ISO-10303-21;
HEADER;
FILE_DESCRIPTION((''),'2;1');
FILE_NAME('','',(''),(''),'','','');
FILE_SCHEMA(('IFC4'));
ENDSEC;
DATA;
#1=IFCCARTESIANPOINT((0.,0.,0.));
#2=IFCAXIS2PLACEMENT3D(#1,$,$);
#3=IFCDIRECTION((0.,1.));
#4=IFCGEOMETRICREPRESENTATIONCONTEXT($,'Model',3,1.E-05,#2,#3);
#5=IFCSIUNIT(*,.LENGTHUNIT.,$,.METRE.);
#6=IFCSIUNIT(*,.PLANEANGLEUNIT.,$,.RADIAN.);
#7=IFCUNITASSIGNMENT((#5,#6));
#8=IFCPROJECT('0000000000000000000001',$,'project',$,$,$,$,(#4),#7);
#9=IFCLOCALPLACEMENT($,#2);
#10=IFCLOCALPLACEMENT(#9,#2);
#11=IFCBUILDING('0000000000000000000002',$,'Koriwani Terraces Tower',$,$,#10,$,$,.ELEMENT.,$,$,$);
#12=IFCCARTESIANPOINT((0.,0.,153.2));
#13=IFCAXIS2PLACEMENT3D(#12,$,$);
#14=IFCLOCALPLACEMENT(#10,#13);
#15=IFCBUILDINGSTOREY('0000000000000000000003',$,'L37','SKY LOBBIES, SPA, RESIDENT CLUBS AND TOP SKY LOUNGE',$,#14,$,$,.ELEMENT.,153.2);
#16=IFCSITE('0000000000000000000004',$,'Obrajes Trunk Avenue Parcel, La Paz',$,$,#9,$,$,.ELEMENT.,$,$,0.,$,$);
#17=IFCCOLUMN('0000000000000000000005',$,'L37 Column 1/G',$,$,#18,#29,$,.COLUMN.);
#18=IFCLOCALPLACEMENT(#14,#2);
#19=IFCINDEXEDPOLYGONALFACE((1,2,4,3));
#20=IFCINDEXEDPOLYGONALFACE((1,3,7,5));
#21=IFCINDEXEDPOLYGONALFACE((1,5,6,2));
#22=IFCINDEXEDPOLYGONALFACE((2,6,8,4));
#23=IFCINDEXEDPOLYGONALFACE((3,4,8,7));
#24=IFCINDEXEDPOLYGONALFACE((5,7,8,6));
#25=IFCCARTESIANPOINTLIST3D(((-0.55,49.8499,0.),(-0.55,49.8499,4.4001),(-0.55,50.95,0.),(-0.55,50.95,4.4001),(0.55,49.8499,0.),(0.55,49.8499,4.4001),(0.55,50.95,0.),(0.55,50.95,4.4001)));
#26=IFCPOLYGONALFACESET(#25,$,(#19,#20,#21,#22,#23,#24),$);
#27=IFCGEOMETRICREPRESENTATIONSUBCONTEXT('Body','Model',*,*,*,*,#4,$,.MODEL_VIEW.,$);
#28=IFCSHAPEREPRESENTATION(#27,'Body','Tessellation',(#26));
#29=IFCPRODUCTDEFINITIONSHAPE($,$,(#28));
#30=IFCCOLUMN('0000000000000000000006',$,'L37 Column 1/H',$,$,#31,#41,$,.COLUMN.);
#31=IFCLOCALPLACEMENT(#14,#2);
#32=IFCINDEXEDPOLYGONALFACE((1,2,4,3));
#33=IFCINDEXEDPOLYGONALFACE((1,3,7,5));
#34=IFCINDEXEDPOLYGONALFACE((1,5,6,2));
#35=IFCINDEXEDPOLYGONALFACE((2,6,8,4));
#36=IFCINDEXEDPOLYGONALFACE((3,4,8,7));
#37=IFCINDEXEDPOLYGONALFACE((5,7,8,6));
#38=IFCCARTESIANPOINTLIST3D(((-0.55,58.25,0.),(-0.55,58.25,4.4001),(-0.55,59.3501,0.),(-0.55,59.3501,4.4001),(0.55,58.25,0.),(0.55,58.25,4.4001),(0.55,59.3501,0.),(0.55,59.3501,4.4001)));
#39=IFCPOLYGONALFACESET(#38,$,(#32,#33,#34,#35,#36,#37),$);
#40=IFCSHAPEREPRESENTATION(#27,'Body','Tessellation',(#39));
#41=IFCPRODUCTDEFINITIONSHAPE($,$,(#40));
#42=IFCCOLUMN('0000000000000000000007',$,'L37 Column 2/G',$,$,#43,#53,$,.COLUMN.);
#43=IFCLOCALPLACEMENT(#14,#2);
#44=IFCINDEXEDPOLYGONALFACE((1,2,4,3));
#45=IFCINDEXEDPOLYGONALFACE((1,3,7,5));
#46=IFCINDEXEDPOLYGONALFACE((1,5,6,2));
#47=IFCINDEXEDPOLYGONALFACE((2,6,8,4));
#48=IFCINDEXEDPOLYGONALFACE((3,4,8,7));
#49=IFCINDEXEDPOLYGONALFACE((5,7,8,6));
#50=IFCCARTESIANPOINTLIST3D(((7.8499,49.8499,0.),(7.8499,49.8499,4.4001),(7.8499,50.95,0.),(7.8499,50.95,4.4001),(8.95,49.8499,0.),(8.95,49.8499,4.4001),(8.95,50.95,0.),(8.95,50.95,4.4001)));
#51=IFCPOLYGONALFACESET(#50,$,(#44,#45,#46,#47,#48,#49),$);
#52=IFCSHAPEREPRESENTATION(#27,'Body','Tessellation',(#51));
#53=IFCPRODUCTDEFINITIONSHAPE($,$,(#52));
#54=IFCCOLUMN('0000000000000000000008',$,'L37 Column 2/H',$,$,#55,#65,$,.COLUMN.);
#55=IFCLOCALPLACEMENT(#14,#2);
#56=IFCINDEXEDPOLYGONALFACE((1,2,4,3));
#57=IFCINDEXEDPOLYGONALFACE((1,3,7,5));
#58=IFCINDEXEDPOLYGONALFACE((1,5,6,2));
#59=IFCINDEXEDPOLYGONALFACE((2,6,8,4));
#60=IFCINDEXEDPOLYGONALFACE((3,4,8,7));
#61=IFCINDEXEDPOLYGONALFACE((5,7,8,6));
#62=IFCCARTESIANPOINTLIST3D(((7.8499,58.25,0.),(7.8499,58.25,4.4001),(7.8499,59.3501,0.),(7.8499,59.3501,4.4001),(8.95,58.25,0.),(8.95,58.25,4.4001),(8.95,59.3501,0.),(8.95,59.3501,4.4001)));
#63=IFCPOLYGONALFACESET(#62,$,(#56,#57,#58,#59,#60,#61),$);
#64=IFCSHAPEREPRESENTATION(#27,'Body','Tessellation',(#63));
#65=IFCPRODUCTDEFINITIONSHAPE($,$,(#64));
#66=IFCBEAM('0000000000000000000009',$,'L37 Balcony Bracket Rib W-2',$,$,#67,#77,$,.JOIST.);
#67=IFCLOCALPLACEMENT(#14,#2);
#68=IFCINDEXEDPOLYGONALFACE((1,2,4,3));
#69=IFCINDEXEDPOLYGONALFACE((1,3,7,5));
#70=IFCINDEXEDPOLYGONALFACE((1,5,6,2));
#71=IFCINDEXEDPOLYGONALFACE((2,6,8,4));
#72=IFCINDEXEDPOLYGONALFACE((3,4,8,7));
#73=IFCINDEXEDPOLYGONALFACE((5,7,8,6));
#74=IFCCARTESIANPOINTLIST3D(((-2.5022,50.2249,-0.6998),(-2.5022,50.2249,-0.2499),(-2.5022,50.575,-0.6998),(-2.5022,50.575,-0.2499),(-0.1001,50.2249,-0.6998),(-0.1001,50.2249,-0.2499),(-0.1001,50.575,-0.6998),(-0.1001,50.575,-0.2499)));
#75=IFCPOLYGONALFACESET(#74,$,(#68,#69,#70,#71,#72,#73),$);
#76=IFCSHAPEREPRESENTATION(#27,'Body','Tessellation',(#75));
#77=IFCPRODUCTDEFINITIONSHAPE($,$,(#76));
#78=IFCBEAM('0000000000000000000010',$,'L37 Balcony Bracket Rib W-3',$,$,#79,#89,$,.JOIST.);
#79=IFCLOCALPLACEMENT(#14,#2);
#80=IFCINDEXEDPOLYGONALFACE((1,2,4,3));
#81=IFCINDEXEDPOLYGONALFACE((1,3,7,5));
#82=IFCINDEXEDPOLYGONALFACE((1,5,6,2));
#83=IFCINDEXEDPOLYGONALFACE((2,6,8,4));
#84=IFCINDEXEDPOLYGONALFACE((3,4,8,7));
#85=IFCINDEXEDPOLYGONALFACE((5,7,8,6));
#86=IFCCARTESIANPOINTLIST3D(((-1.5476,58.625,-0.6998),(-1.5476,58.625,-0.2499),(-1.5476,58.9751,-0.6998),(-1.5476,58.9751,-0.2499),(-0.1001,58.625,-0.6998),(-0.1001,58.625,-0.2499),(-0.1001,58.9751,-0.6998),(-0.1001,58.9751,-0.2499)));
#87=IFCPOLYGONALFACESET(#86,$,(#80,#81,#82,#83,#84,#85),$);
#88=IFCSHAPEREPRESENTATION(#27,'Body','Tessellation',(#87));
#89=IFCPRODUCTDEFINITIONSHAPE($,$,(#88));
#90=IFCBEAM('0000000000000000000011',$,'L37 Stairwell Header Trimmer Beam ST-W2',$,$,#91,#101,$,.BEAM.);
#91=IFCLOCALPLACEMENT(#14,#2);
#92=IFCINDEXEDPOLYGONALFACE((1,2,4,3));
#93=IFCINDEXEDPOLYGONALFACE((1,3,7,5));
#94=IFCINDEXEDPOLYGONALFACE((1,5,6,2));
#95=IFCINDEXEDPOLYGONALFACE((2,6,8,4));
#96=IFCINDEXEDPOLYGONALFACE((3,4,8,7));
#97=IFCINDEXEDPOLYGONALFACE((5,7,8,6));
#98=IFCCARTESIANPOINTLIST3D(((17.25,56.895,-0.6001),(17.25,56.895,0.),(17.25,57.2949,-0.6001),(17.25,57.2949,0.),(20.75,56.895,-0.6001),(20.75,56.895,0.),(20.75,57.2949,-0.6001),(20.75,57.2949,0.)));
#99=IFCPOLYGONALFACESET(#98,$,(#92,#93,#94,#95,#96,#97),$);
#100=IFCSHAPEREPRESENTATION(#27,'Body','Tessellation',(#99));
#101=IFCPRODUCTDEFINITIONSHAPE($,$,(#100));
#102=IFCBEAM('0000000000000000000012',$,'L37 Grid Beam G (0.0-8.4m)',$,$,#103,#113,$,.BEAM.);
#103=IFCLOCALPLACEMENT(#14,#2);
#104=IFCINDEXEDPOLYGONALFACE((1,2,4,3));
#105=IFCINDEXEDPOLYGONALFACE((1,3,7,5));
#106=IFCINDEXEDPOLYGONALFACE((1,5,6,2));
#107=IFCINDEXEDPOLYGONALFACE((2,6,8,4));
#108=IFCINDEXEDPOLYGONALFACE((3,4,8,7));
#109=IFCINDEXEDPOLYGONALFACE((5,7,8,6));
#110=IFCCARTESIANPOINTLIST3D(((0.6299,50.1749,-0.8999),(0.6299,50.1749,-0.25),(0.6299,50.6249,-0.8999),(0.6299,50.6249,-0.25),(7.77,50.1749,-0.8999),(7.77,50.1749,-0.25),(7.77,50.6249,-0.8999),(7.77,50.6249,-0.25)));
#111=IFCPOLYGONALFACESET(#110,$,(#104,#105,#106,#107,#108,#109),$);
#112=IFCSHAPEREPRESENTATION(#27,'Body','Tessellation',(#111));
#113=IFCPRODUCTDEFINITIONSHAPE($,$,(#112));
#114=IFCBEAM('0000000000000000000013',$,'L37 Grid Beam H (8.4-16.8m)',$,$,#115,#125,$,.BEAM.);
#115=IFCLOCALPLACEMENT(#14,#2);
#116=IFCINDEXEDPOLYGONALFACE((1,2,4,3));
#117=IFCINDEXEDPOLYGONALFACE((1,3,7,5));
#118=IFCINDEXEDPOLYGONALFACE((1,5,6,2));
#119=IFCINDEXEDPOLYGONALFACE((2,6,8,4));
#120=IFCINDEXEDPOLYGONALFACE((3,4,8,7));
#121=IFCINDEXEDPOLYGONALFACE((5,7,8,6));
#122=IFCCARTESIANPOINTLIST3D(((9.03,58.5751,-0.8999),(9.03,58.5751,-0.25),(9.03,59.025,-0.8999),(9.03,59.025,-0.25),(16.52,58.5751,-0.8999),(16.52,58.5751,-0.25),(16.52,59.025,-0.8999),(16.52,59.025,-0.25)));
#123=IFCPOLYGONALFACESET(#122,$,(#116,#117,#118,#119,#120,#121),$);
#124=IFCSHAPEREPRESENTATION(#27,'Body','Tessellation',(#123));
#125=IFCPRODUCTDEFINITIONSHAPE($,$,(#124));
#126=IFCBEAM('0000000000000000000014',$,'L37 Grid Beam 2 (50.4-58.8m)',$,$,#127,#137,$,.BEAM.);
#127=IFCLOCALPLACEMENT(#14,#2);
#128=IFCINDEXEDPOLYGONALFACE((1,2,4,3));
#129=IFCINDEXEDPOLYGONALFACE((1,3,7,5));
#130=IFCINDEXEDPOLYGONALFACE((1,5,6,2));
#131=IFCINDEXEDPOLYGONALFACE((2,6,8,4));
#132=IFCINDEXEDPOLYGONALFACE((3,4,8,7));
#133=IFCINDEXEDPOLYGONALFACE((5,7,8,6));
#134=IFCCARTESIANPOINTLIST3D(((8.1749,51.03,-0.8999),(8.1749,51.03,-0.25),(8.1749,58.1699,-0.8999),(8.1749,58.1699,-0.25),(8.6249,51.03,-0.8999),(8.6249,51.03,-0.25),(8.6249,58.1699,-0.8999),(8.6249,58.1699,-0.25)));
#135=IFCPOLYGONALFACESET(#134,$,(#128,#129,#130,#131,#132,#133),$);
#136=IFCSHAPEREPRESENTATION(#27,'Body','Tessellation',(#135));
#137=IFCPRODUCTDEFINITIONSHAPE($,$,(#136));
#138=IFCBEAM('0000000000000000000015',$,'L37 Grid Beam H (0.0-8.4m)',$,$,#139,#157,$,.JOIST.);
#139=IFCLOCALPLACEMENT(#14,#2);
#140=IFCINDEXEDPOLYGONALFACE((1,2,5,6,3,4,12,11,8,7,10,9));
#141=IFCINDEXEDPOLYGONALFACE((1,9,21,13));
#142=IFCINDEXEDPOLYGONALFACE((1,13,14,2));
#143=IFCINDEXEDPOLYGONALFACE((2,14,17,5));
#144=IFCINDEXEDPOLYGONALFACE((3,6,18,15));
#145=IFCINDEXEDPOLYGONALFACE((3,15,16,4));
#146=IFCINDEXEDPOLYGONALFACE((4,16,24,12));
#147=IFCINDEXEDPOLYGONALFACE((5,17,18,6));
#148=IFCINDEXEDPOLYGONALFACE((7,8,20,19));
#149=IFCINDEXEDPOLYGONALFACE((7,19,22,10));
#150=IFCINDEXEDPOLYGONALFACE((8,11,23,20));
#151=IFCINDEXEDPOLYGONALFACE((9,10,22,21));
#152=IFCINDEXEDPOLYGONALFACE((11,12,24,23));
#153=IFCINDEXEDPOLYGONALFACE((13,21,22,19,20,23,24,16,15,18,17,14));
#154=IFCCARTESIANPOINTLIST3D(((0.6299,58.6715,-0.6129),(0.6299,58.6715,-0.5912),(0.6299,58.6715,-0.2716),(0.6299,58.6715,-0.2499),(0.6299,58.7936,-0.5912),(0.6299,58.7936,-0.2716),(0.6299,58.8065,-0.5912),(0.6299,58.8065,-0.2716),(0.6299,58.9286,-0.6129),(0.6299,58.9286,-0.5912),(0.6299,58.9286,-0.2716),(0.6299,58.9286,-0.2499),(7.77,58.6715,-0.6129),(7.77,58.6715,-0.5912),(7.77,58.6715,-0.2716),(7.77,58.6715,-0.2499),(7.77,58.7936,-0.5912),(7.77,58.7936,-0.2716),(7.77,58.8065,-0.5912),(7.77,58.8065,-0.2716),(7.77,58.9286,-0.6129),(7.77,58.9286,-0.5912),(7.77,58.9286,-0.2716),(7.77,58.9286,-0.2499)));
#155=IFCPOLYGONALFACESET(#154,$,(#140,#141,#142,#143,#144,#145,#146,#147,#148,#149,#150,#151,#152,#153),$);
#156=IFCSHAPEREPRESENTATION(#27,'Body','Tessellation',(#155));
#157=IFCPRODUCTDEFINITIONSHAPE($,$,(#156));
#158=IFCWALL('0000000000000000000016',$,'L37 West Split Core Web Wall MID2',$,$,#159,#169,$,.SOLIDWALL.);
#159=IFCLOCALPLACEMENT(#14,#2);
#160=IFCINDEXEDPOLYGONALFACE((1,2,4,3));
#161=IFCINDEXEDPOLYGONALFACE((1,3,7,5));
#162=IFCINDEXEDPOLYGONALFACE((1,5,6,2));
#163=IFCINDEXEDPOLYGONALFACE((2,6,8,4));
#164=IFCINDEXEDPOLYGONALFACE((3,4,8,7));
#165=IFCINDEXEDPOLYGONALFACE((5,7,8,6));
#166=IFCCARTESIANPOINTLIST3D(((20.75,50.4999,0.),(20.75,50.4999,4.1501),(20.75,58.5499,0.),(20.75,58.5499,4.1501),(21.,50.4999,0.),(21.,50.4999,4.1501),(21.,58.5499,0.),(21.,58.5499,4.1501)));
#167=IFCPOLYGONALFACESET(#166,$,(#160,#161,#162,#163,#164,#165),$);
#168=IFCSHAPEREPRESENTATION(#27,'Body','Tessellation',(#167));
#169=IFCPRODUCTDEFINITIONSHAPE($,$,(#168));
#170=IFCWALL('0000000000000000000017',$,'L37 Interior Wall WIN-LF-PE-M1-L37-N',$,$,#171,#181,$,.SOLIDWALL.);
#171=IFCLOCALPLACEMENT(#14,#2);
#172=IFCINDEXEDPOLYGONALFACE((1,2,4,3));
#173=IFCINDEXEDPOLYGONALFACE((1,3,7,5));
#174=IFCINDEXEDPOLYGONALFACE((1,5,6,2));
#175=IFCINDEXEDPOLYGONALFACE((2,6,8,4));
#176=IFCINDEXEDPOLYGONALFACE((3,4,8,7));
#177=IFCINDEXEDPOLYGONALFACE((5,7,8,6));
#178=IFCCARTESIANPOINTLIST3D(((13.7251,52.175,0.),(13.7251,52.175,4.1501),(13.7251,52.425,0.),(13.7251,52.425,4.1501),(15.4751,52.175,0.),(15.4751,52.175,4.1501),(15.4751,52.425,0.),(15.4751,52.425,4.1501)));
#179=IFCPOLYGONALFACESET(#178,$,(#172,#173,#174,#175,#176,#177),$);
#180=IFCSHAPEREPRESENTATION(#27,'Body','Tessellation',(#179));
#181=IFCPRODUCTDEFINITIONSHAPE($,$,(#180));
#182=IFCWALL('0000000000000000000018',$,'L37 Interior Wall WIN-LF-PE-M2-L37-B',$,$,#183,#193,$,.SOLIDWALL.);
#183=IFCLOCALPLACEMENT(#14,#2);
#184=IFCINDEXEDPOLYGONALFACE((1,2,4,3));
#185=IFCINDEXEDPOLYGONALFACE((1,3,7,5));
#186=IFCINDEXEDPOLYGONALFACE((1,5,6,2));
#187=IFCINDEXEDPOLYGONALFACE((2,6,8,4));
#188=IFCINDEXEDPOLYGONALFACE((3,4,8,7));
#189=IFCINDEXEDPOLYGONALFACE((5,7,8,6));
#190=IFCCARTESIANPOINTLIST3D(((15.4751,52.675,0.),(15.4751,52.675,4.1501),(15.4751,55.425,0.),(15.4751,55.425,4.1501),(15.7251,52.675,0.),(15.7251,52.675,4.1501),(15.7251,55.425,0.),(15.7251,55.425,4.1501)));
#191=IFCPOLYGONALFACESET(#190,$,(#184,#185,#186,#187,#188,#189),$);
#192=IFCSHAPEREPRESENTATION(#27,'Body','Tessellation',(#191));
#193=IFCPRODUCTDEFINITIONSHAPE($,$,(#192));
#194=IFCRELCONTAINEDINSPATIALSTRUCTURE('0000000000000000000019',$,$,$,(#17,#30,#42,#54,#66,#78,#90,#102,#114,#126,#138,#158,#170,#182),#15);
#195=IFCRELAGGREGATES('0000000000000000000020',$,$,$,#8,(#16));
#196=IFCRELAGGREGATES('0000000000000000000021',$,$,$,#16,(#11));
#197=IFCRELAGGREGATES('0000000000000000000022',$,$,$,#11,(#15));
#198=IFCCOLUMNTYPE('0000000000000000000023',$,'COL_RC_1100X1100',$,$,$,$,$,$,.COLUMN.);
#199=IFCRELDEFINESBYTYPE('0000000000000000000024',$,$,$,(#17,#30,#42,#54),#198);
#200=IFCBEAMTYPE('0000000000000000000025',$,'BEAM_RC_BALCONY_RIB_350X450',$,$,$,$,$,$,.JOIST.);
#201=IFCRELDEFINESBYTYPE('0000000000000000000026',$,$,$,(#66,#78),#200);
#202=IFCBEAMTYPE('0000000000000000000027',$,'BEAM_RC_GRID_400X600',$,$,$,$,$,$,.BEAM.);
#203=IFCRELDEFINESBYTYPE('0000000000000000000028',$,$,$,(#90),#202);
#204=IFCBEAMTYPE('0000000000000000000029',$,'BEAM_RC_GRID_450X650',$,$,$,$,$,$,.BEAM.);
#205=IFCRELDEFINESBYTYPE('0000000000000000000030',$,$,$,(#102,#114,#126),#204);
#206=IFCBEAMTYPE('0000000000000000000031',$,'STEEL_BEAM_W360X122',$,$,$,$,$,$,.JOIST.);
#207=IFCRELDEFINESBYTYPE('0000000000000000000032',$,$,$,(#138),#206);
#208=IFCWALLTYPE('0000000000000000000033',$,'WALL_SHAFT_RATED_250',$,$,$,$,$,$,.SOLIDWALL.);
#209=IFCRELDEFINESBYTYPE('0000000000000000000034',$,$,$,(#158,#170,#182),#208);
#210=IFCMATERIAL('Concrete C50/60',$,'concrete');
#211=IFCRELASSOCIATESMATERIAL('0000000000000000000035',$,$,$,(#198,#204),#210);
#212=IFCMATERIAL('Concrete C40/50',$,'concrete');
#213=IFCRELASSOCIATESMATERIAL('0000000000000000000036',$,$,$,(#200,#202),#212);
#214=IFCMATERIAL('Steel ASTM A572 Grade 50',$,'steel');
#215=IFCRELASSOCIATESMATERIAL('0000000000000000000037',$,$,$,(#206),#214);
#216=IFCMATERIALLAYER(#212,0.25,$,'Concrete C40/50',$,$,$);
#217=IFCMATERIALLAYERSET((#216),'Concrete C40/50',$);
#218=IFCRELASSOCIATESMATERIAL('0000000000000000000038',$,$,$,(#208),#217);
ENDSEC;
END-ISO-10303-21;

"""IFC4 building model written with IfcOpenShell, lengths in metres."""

from ifc_helpers import new_model, si_unit, direction, frame, frame_2d, origin, origin_2d, place, context, subcontext, project, spatial, rectangle, i_section, extrude, material, layer, layer_set, material_profile, profile_set, type_object, element, save


model = new_model("IFC4")

# Units and contexts
model_context = context("Model", 3, precision=1e-05, world=origin(), true_north=direction((0.0, 1.0)))
body_context = subcontext(model_context, "Body", "Model", "MODEL_VIEW")
ifc_project = project(units=[si_unit("LENGTHUNIT", "METRE"), si_unit("PLANEANGLEUNIT", "RADIAN")], contexts=[model_context])

# Site, building, storey
site_placement = place(None, origin())
site = spatial("IfcSite", under=ifc_project, at=site_placement, Name="Obrajes Trunk Avenue Parcel, La Paz", CompositionType="ELEMENT", RefElevation=0.0)
building_placement = place(site_placement, origin())
building = spatial("IfcBuilding", under=site, at=building_placement, Name="Koriwani Terraces Tower", CompositionType="ELEMENT")
storey_placement = place(building_placement, frame((0.0, 0.0, 153.2)))
storey = spatial("IfcBuildingStorey", under=building, at=storey_placement, Name="L37", Description="SKY LOBBIES, SPA, RESIDENT CLUBS AND TOP SKY LOUNGE", CompositionType="ELEMENT", Elevation=153.2)

# Columns
ifc_material_1 = material(Name="Concrete C50/60", Category="concrete")
ifc_material_profile_1 = material_profile(ifc_material_1, rectangle(XDim=1.1001, YDim=1.1001, at=origin_2d()), Name="Concrete C50/60", Category="LoadBearing")
ifc_profile_set_1 = profile_set([ifc_material_profile_1], Name="Concrete C50/60")
column_type = type_object("IfcColumnType", Name="COL_RC_1100X1100", PredefinedType="COLUMN", material=ifc_profile_set_1)
for number, where, z_axis, x_axis, name in (
    (1, (0.0, 50.3999, 0.0), (0.0, 0.0, 1.0), (1.0, 0.0, 0.0), "L37 Column 1/G"),
    (2, (0.0, 58.8, 0.0), (0.0, 0.0, 1.0), (1.0, 0.0, 0.0), "L37 Column 1/H"),
    (3, (8.3999, 50.3999, 0.0), (0.0, 0.0, 1.0), (1.0, 0.0, 0.0), "L37 Column 2/G"),
    (4, (8.3999, 58.8, 0.0), (0.0, 0.0, 1.0), (1.0, 0.0, 0.0), "L37 Column 2/H"),
):
    element("IfcColumn", number, at=place(storey_placement, frame(where, z_axis=z_axis, x_axis=x_axis)), inside=storey, type_object=column_type, Name=name, PredefinedType="COLUMN", context=body_context, shape_type="SweptSolid", body=[
        extrude(rectangle(XDim=1.1001, YDim=1.1001, at=origin_2d()), origin(), (0.0, 0.0, 1.0), 4.4001),
    ])

# Beams
ifc_material_2 = material(Name="Concrete C40/50", Category="concrete")
ifc_material_profile_2 = material_profile(ifc_material_2, rectangle(XDim=0.3501, YDim=0.45, at=origin_2d()), Name="Concrete C40/50", Category="LoadBearing")
ifc_profile_set_2 = profile_set([ifc_material_profile_2], Name="Concrete C40/50")
beam_type_1 = type_object("IfcBeamType", Name="BEAM_RC_BALCONY_RIB_350X450", PredefinedType="JOIST", material=ifc_profile_set_2)
beam_1_placement = place(storey_placement, frame((-2.5022, 50.3999, -0.4749), z_axis=(1.0, 0.0, 0.0), x_axis=(0.0, 1.0, 0.0)))
element("IfcBeam", 5, at=beam_1_placement, inside=storey, type_object=beam_type_1, Name="L37 Balcony Bracket Rib W-2", PredefinedType="JOIST", context=body_context, shape_type="SweptSolid", body=[
    extrude(rectangle(XDim=0.3501, YDim=0.45, at=origin_2d()), origin(), (0.0, 0.0, 1.0), 2.4021),
])
beam_2_placement = place(storey_placement, frame((-1.5476, 58.8, -0.4749), z_axis=(1.0, 0.0, 0.0), x_axis=(0.0, 1.0, 0.0)))
element("IfcBeam", 6, at=beam_2_placement, inside=storey, type_object=beam_type_1, Name="L37 Balcony Bracket Rib W-3", PredefinedType="JOIST", context=body_context, shape_type="SweptSolid", body=[
    extrude(rectangle(XDim=0.3501, YDim=0.45, at=origin_2d()), origin(), (0.0, 0.0, 1.0), 1.4475),
])
ifc_material_profile_3 = material_profile(ifc_material_2, rectangle(XDim=0.3999, YDim=0.6001, at=origin_2d()), Name="Concrete C40/50", Category="LoadBearing")
ifc_profile_set_3 = profile_set([ifc_material_profile_3], Name="Concrete C40/50")
beam_type_2 = type_object("IfcBeamType", Name="BEAM_RC_GRID_400X600", PredefinedType="BEAM", material=ifc_profile_set_3)
beam_3_placement = place(storey_placement, frame((17.25, 57.095, -0.3), z_axis=(1.0, 0.0, 0.0), x_axis=(0.0, 1.0, 0.0)))
element("IfcBeam", 7, at=beam_3_placement, inside=storey, type_object=beam_type_2, Name="L37 Stairwell Header Trimmer Beam ST-W2", PredefinedType="BEAM", context=body_context, shape_type="SweptSolid", body=[
    extrude(rectangle(XDim=0.3999, YDim=0.6001, at=origin_2d()), origin(), (0.0, 0.0, 1.0), 3.5),
])
ifc_material_profile_4 = material_profile(ifc_material_1, rectangle(XDim=0.45, YDim=0.6499, at=origin_2d()), Name="Concrete C50/60", Category="LoadBearing")
ifc_profile_set_4 = profile_set([ifc_material_profile_4], Name="Concrete C50/60")
beam_type_3 = type_object("IfcBeamType", Name="BEAM_RC_GRID_450X650", PredefinedType="BEAM", material=ifc_profile_set_4)
beam_4_placement = place(storey_placement, frame((0.6299, 50.3999, -0.575), z_axis=(1.0, 0.0, 0.0), x_axis=(0.0, 1.0, 0.0)))
element("IfcBeam", 8, at=beam_4_placement, inside=storey, type_object=beam_type_3, Name="L37 Grid Beam G (0.0-8.4m)", PredefinedType="BEAM", context=body_context, shape_type="SweptSolid", body=[
    extrude(rectangle(XDim=0.45, YDim=0.6499, at=origin_2d()), origin(), (0.0, 0.0, 1.0), 7.1401),
])
beam_5_placement = place(storey_placement, frame((9.03, 58.8, -0.575), z_axis=(1.0, 0.0, 0.0), x_axis=(0.0, 1.0, 0.0)))
element("IfcBeam", 9, at=beam_5_placement, inside=storey, type_object=beam_type_3, Name="L37 Grid Beam H (8.4-16.8m)", PredefinedType="BEAM", context=body_context, shape_type="SweptSolid", body=[
    extrude(rectangle(XDim=0.45, YDim=0.6499, at=origin_2d()), origin(), (0.0, 0.0, 1.0), 7.49),
])
beam_6_placement = place(storey_placement, frame((8.3999, 51.03, -0.575), z_axis=(0.0, 1.0, 0.0), x_axis=(-1.0, 0.0, 0.0)))
element("IfcBeam", 10, at=beam_6_placement, inside=storey, type_object=beam_type_3, Name="L37 Grid Beam 2 (50.4-58.8m)", PredefinedType="BEAM", context=body_context, shape_type="SweptSolid", body=[
    extrude(rectangle(XDim=0.45, YDim=0.6499, at=origin_2d()), origin(), (0.0, 0.0, 1.0), 7.1399),
])
ifc_material_3 = material(Name="Steel ASTM A572 Grade 50", Category="steel")
ifc_material_profile_5 = material_profile(ifc_material_3, i_section(OverallWidth=0.2571, OverallDepth=0.363, WebThickness=0.0129, FlangeThickness=0.0217, at=origin_2d()), Name="Steel ASTM A572 Grade 50", Category="LoadBearing")
ifc_profile_set_5 = profile_set([ifc_material_profile_5], Name="Steel ASTM A572 Grade 50")
beam_type_4 = type_object("IfcBeamType", Name="STEEL_BEAM_W360X122", PredefinedType="JOIST", material=ifc_profile_set_5)
beam_7_placement = place(storey_placement, frame((0.6299, 58.8, -0.4314), z_axis=(1.0, 0.0, 0.0), x_axis=(0.0, 1.0, 0.0)))
element("IfcBeam", 11, at=beam_7_placement, inside=storey, type_object=beam_type_4, Name="L37 Grid Beam H (0.0-8.4m)", PredefinedType="JOIST", context=body_context, shape_type="SweptSolid", body=[
    extrude(i_section(OverallWidth=0.2571, OverallDepth=0.363, WebThickness=0.0129, FlangeThickness=0.0217, at=origin_2d()), origin(), (0.0, 0.0, 1.0), 7.1401),
])

# Wall
ifc_layer = layer(ifc_material_2, 0.25, Name="Concrete C40/50")
ifc_layer_set = layer_set([ifc_layer], Name="Concrete C40/50")
wall_type = type_object("IfcWallType", Name="WALL_SHAFT_RATED_250", PredefinedType="SOLIDWALL", material=ifc_layer_set)
wall_1_placement = place(storey_placement, frame((20.875, 50.5, 0.0), z_axis=(0.0, 0.0, 1.0), x_axis=(0.0, 1.0, 0.0)))
element("IfcWall", 12, at=wall_1_placement, inside=storey, type_object=wall_type, Name="L37 West Split Core Web Wall MID2", PredefinedType="SOLIDWALL", context=body_context, shape_type="SweptSolid", body=[
    extrude(rectangle(XDim=8.05, YDim=0.25, at=frame_2d((4.0249, 0.0))), origin(), (0.0, 0.0, 1.0), 4.1501),
])

# Wall
wall_2_placement = place(storey_placement, frame((13.7251, 52.3, 0.0), z_axis=(0.0, 0.0, 1.0), x_axis=(1.0, 0.0, 0.0)))
element("IfcWall", 13, at=wall_2_placement, inside=storey, type_object=wall_type, Name="L37 Interior Wall WIN-LF-PE-M1-L37-N", PredefinedType="SOLIDWALL", context=body_context, shape_type="SweptSolid", body=[
    extrude(rectangle(XDim=1.75, YDim=0.25, at=frame_2d((0.875, 0.0))), origin(), (0.0, 0.0, 1.0), 4.1501),
])

# Wall
wall_3_placement = place(storey_placement, frame((15.6001, 52.675, 0.0), z_axis=(0.0, 0.0, 1.0), x_axis=(0.0, 1.0, 0.0)))
element("IfcWall", 14, at=wall_3_placement, inside=storey, type_object=wall_type, Name="L37 Interior Wall WIN-LF-PE-M2-L37-B", PredefinedType="SOLIDWALL", context=body_context, shape_type="SweptSolid", body=[
    extrude(rectangle(XDim=2.75, YDim=0.25, at=frame_2d((1.375, 0.0))), origin(), (0.0, 0.0, 1.0), 4.1501),
])

save(model, "model.ifc")
